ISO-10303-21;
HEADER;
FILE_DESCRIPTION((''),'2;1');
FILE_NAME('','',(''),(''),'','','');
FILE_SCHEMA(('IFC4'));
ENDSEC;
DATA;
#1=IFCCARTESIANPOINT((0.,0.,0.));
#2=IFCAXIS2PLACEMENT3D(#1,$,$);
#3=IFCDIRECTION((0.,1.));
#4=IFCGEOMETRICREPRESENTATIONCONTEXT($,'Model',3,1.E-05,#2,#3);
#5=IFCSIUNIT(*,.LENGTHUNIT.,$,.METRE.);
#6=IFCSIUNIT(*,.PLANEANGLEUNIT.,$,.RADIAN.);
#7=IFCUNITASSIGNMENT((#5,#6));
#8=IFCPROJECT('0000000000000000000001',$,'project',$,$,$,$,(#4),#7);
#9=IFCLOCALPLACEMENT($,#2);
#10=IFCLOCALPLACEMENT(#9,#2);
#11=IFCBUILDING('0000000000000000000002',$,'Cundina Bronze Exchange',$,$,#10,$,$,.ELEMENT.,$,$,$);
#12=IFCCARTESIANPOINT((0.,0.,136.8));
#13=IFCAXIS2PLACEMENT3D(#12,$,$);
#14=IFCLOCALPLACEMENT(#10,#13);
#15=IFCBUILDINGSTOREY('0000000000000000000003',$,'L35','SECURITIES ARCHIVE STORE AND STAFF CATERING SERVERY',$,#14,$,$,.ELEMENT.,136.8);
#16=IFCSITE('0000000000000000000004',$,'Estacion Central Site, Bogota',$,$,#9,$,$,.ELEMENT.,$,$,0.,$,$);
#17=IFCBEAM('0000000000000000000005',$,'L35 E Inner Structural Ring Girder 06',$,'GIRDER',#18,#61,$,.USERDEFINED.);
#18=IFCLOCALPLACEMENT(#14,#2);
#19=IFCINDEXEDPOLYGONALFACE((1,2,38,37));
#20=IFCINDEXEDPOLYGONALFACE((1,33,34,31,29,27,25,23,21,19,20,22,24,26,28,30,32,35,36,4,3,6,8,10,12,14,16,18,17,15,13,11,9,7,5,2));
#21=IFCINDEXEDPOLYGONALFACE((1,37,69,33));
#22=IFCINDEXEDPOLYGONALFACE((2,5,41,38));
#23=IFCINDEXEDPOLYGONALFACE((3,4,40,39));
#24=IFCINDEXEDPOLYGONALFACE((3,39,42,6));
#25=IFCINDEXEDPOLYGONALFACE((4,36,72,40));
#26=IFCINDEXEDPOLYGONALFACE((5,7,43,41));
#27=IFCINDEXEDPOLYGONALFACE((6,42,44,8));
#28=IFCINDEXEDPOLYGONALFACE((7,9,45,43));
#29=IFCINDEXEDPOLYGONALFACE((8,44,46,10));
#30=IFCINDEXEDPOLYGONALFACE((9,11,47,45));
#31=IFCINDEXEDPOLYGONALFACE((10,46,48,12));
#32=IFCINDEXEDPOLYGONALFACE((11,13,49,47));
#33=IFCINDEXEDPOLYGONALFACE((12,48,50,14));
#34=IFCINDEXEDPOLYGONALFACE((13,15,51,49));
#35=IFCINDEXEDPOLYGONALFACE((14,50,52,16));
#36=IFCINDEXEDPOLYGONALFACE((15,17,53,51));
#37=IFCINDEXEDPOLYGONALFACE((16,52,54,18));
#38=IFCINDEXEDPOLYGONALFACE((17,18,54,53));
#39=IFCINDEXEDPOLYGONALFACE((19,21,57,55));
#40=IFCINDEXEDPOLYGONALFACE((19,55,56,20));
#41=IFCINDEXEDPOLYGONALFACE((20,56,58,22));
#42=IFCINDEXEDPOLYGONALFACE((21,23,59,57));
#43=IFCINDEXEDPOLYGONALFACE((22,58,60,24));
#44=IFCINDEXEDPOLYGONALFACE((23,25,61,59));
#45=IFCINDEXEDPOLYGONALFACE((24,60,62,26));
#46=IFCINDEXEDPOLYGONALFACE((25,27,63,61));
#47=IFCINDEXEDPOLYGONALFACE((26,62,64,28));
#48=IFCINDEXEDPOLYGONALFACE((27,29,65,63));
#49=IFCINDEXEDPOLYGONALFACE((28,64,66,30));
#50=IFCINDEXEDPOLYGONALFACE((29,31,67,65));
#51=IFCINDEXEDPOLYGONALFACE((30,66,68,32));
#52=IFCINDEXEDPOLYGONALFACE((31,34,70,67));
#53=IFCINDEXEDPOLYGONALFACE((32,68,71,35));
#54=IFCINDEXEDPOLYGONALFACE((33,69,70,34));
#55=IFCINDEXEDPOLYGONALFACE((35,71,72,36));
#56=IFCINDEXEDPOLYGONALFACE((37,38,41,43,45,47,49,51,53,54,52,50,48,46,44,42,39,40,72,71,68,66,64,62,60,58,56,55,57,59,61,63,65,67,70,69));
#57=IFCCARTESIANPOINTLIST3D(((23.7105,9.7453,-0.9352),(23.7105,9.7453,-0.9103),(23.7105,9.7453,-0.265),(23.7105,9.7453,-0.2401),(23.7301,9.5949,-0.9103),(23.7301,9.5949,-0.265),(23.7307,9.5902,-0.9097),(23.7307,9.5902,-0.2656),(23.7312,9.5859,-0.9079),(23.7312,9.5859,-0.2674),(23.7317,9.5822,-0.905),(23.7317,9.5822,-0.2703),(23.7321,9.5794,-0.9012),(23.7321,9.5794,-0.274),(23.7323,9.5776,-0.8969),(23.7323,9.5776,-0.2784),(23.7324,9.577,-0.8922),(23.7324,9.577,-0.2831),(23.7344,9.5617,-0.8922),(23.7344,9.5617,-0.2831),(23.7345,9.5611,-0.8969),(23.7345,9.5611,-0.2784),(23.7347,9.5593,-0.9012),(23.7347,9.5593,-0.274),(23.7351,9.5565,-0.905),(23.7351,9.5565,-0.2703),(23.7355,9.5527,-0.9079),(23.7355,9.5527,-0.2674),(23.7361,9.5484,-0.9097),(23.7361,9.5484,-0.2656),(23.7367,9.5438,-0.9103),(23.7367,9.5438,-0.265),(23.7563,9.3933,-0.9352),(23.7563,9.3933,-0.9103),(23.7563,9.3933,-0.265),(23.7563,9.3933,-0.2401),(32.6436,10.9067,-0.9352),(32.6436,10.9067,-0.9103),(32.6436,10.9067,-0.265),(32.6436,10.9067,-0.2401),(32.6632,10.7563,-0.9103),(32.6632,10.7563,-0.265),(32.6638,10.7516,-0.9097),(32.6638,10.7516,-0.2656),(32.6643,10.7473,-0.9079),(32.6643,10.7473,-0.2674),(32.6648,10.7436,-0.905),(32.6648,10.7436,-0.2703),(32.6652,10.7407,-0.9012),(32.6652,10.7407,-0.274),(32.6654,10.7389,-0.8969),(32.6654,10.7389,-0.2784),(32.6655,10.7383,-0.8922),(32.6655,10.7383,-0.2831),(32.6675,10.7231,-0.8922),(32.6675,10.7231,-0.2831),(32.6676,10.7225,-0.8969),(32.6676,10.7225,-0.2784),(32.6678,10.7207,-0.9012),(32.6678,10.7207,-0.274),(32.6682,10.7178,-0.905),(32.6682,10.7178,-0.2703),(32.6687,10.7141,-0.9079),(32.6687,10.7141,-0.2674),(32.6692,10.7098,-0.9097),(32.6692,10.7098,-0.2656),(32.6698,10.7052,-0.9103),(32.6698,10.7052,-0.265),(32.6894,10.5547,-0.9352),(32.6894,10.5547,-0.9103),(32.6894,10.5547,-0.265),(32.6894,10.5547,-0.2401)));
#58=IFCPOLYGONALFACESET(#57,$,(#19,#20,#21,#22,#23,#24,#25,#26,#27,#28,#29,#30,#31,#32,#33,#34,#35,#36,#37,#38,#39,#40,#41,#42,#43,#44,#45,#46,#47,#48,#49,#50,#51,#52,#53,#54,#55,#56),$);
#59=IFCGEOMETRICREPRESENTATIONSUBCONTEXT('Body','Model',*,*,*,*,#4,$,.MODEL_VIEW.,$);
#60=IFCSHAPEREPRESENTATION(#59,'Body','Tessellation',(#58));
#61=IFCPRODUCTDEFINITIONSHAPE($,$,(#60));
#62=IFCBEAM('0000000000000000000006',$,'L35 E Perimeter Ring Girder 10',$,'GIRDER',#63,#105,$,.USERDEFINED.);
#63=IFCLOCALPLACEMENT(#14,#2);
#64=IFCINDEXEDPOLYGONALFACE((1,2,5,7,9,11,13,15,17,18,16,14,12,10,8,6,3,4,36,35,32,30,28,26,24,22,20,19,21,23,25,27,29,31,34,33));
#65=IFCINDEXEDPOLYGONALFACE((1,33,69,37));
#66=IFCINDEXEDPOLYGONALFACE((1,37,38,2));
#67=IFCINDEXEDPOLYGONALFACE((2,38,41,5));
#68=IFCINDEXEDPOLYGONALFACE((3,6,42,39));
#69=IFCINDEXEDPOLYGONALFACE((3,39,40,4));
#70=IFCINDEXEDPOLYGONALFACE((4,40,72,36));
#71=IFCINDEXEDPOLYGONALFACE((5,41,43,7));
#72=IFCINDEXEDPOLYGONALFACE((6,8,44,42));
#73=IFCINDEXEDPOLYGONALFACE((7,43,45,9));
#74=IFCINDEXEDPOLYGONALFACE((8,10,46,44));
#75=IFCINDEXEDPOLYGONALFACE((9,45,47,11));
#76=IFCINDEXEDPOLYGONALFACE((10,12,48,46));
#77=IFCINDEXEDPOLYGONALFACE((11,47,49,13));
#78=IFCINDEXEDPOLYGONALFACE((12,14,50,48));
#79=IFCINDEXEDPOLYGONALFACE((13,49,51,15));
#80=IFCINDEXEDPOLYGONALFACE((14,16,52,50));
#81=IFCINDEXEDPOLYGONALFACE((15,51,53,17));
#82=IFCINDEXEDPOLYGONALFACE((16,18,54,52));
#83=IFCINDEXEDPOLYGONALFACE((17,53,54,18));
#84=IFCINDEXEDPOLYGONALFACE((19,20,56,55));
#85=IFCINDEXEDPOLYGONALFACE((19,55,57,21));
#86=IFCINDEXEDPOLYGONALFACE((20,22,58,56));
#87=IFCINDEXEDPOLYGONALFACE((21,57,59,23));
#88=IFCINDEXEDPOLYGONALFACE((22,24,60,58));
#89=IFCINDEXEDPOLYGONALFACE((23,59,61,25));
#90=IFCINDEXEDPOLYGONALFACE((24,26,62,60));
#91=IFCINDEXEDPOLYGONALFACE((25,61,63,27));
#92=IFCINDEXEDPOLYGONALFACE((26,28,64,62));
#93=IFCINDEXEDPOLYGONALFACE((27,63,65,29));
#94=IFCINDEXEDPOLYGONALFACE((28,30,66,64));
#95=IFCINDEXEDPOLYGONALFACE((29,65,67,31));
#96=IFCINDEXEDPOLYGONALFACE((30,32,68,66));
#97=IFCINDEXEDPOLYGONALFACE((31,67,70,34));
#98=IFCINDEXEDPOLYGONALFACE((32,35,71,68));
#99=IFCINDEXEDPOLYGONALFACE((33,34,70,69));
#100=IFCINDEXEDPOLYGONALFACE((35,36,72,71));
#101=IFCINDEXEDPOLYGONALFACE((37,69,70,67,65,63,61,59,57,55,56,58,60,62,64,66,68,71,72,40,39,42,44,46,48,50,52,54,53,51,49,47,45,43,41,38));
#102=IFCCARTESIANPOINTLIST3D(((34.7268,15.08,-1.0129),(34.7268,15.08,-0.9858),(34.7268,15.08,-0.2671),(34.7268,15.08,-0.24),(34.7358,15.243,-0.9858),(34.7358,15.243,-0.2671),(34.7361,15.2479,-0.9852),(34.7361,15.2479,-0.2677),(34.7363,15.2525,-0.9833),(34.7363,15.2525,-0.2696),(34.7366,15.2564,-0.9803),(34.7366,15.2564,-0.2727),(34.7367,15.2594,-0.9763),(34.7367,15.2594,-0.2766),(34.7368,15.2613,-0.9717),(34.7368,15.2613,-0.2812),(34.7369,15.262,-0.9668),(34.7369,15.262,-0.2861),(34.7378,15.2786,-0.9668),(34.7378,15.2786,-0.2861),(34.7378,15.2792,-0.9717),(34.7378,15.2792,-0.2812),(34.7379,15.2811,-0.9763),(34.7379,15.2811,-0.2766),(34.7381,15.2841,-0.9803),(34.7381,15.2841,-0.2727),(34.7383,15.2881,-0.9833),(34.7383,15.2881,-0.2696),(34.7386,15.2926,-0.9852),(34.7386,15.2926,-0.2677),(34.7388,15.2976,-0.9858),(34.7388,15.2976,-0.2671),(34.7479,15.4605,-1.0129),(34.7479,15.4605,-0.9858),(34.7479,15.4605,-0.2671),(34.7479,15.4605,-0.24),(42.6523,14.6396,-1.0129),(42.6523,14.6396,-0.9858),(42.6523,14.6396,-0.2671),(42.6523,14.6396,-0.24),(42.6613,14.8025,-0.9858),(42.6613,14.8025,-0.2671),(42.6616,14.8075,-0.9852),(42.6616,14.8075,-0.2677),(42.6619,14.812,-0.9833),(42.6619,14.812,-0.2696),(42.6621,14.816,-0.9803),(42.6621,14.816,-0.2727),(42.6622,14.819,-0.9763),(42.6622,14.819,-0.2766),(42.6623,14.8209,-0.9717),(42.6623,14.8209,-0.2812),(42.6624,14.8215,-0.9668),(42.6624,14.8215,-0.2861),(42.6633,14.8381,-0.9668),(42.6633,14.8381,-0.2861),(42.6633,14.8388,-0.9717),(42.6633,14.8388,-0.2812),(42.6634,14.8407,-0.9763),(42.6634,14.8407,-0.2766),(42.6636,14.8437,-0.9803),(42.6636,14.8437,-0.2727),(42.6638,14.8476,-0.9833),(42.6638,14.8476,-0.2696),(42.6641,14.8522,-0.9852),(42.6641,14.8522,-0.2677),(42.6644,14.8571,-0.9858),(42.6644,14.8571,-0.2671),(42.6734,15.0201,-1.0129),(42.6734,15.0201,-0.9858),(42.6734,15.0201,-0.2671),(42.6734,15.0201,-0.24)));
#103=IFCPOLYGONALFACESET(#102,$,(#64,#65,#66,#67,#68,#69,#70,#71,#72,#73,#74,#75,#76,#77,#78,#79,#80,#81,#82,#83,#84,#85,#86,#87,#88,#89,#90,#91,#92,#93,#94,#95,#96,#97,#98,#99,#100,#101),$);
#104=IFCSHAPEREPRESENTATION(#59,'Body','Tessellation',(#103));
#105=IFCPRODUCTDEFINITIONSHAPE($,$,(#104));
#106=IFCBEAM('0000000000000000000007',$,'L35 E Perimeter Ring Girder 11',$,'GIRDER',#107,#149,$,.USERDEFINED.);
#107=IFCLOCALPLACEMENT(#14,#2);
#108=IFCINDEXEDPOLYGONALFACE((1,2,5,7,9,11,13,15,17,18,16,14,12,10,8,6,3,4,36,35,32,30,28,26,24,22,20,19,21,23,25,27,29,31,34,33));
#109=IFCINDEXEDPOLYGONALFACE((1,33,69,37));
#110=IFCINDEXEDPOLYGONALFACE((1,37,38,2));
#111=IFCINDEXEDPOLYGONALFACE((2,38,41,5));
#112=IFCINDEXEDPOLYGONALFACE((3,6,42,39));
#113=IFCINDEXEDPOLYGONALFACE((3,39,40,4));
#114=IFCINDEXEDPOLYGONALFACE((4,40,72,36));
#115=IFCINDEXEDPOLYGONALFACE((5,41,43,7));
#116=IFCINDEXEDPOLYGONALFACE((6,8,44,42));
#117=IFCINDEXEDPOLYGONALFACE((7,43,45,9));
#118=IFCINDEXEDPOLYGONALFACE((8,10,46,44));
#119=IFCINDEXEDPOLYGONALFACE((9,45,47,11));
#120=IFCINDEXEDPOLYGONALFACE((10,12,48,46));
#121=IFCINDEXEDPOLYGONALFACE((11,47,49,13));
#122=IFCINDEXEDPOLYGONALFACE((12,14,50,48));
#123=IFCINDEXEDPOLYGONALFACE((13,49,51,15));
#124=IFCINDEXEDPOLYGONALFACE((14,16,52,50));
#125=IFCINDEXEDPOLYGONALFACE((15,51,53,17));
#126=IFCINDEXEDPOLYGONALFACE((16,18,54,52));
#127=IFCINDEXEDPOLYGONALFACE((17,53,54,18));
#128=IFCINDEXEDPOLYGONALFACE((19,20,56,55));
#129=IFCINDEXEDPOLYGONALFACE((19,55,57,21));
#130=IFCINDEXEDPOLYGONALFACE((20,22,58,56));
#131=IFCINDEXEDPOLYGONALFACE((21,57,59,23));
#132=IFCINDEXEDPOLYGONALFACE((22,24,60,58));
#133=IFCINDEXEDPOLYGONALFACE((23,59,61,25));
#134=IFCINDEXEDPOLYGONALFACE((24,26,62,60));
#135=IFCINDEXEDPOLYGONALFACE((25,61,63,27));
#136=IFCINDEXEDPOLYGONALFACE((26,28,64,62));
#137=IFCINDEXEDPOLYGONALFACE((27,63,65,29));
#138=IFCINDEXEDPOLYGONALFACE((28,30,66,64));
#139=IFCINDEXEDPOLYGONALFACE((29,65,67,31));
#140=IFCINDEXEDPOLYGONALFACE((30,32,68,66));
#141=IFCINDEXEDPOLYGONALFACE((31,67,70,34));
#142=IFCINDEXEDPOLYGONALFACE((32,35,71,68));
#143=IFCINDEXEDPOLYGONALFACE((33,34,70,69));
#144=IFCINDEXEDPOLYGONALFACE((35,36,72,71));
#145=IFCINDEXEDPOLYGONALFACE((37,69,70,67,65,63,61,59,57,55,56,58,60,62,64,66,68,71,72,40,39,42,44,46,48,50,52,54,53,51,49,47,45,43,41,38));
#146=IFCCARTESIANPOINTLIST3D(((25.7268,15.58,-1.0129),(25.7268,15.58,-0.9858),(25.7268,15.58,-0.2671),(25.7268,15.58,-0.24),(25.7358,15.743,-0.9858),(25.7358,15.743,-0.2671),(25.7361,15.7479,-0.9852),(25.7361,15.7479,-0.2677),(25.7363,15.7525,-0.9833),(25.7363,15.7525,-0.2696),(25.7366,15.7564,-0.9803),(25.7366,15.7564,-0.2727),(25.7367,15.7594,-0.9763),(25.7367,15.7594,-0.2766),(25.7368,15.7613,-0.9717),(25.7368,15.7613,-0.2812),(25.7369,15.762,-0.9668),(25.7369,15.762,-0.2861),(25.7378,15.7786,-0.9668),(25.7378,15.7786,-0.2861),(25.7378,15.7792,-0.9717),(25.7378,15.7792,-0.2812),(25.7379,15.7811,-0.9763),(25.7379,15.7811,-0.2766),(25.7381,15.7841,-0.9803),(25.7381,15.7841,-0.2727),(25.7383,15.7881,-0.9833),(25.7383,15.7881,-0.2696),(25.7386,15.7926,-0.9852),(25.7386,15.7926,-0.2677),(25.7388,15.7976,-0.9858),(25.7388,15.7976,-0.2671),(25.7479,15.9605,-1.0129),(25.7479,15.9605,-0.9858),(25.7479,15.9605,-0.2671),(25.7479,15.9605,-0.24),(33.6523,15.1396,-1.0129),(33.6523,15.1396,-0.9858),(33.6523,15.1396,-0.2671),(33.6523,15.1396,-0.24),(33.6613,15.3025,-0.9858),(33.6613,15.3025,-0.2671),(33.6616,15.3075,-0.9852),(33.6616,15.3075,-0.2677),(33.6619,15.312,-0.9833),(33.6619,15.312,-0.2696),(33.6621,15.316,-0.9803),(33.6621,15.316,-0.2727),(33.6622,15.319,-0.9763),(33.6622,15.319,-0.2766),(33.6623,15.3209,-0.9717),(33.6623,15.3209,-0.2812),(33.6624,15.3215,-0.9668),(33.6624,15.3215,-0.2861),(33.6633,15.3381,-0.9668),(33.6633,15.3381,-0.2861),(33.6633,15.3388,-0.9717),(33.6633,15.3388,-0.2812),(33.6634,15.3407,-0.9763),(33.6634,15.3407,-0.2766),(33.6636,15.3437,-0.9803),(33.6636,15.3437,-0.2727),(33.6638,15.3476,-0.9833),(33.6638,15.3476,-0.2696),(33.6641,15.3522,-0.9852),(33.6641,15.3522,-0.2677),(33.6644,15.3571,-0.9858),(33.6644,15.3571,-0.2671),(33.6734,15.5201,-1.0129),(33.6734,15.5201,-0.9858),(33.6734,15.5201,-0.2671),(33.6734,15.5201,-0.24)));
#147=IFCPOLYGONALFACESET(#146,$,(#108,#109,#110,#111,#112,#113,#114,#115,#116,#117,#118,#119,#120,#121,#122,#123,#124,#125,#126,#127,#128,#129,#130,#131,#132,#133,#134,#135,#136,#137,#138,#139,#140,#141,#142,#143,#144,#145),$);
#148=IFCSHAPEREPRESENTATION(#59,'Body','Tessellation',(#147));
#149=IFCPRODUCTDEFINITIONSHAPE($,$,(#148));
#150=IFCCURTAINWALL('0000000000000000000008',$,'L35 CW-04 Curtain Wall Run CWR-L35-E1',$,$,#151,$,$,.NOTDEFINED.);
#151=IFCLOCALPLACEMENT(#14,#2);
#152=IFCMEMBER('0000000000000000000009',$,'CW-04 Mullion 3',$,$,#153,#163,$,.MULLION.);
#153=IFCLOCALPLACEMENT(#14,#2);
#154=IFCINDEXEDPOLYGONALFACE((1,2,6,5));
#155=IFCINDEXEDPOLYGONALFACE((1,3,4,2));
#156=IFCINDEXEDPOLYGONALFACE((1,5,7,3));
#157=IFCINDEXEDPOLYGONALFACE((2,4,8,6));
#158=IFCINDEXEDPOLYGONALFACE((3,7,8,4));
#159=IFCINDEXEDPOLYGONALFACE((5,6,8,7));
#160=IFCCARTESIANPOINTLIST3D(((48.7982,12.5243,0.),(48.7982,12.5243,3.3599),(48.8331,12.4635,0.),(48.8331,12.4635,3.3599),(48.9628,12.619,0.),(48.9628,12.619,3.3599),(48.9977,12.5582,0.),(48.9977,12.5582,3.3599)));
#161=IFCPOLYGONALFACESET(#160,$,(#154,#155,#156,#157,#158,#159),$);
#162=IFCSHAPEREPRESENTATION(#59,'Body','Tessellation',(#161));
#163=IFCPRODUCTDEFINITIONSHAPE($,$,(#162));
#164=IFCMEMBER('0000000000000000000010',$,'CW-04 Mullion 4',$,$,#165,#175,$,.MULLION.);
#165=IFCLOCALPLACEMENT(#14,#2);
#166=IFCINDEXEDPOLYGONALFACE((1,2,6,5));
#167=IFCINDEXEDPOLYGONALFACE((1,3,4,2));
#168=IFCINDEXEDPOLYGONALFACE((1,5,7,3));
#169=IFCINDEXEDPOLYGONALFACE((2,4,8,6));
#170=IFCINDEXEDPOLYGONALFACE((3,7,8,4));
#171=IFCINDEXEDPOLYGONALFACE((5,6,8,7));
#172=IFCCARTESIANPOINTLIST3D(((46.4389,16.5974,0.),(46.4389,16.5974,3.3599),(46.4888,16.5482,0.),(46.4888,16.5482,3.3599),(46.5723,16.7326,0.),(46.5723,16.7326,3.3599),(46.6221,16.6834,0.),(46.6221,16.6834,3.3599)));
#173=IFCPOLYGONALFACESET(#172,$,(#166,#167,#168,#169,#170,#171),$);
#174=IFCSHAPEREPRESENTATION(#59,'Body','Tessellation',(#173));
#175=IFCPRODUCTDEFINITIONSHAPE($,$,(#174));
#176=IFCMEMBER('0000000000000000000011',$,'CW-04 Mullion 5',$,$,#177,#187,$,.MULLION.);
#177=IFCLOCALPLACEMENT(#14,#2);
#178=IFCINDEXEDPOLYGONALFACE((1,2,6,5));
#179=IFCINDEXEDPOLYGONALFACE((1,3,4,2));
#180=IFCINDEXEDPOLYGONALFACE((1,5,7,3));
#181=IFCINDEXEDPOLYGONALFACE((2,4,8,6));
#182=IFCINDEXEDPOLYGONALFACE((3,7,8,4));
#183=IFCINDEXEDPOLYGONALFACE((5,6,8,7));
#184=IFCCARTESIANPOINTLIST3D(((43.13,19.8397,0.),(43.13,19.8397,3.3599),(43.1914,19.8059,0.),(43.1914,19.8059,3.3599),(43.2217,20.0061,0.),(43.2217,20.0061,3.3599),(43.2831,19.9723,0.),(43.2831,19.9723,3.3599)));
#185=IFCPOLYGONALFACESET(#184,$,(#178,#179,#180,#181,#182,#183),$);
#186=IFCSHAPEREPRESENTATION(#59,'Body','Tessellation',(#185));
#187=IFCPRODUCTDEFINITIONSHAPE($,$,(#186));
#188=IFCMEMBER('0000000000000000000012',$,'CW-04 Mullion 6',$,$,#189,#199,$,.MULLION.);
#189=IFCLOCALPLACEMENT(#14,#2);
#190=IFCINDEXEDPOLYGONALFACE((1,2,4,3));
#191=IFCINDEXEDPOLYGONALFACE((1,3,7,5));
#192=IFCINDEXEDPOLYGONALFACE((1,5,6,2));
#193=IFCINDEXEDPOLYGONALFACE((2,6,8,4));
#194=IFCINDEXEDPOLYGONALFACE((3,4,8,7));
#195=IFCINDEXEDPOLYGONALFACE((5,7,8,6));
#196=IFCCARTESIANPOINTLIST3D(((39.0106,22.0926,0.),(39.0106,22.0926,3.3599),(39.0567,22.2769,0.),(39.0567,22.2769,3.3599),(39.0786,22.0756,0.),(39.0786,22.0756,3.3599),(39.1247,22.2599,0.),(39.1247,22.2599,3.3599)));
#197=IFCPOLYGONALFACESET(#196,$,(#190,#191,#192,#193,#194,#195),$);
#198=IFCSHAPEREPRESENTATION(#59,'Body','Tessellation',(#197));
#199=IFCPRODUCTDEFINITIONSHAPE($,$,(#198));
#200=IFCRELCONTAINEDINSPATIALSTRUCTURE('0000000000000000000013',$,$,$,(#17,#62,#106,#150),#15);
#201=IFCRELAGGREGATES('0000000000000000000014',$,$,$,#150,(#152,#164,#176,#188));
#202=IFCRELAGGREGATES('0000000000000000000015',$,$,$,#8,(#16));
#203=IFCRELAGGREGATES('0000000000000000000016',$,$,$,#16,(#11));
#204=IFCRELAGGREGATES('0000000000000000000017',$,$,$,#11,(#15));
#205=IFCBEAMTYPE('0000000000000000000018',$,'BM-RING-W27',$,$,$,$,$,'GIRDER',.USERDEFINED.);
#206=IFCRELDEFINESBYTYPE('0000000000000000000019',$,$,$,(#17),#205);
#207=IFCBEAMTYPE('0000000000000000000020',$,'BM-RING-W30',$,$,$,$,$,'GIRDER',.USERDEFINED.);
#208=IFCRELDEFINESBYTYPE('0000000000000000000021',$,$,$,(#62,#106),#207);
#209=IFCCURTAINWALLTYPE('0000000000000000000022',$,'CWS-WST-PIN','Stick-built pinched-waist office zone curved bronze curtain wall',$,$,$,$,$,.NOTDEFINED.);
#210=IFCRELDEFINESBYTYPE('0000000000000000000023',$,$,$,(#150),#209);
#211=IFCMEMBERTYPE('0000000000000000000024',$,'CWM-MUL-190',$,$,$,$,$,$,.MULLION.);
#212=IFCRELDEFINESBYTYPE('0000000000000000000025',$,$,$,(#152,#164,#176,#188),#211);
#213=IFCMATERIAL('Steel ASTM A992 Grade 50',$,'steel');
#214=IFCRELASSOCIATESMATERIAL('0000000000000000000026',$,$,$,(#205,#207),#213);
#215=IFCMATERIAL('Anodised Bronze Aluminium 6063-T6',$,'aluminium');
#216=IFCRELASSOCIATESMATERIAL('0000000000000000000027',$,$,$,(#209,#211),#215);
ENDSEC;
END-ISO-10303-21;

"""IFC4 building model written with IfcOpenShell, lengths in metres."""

from ifc_helpers import new_model, si_unit, direction, frame, origin, origin_2d, place, context, subcontext, project, spatial, rectangle, i_section, extrude, material, material_profile, profile_set, type_object, element, aggregate, save


model = new_model("IFC4")

# Units and contexts
model_context = context("Model", 3, precision=1e-05, world=origin(), true_north=direction((0.0, 1.0)))
body_context = subcontext(model_context, "Body", "Model", "MODEL_VIEW")
ifc_project = project(units=[si_unit("LENGTHUNIT", "METRE"), si_unit("PLANEANGLEUNIT", "RADIAN")], contexts=[model_context])

# Site, building, storey
site_placement = place(None, origin())
site = spatial("IfcSite", under=ifc_project, at=site_placement, Name="Estacion Central Site, Bogota", CompositionType="ELEMENT", RefElevation=0.0)
building_placement = place(site_placement, origin())
building = spatial("IfcBuilding", under=site, at=building_placement, Name="Cundina Bronze Exchange", CompositionType="ELEMENT")
storey_placement = place(building_placement, frame((0.0, 0.0, 136.8)))
storey = spatial("IfcBuildingStorey", under=building, at=storey_placement, Name="L35", Description="SECURITIES ARCHIVE STORE AND STAFF CATERING SERVERY", CompositionType="ELEMENT", Elevation=136.8)

# Beams
ifc_material_1 = material(Name="Steel ASTM A992 Grade 50", Category="steel")
ifc_material_profile_1 = material_profile(ifc_material_1, i_section(OverallWidth=0.355, OverallDepth=0.6951, WebThickness=0.0154, FlangeThickness=0.0249, FilletRadius=0.0181, at=origin_2d()), Name="W27X146", Category="steel")
ifc_profile_set_1 = profile_set([ifc_material_profile_1], Name="Steel ASTM A992 Grade 50")
beam_type_1 = type_object("IfcBeamType", Name="BM-RING-W27", ElementType="GIRDER", PredefinedType="USERDEFINED", material=ifc_profile_set_1)
beam_1_placement = place(storey_placement, frame((32.6665, 10.7307, -0.5876), z_axis=(-0.991655, -0.128923, 0.0), x_axis=(0.128923, -0.991655, 0.0)))
element("IfcBeam", 1, at=beam_1_placement, inside=storey, type_object=beam_type_1, Name="L35 E Inner Structural Ring Girder 06", ObjectType="GIRDER", PredefinedType="USERDEFINED", context=body_context, shape_type="SweptSolid", body=[
    extrude(i_section(OverallWidth=0.355, OverallDepth=0.6951, WebThickness=0.0154, FlangeThickness=0.0249, FilletRadius=0.0181, at=origin_2d()), origin(), (0.0, 0.0, 1.0), 9.0083),
])
ifc_material_profile_2 = material_profile(ifc_material_1, i_section(OverallWidth=0.3811, OverallDepth=0.7729, WebThickness=0.0166, FlangeThickness=0.0271, FilletRadius=0.019, at=origin_2d()), Name="W30X173", Category="steel")
ifc_profile_set_2 = profile_set([ifc_material_profile_2], Name="Steel ASTM A992 Grade 50")
beam_type_2 = type_object("IfcBeamType", Name="BM-RING-W30", ElementType="GIRDER", PredefinedType="USERDEFINED", material=ifc_profile_set_2)
for number, where, z_axis, x_axis, name in (
    (2, (42.6628, 14.8298, -0.6265), (-0.99846, 0.055485, 0.0), (-0.055485, -0.99846, 0.0), "L35 E Perimeter Ring Girder 10"),
    (3, (33.6628, 15.3298, -0.6265), (-0.99846, 0.055485, 0.0), (-0.055485, -0.99846, 0.0), "L35 E Perimeter Ring Girder 11"),
):
    element("IfcBeam", number, at=place(storey_placement, frame(where, z_axis=z_axis, x_axis=x_axis)), inside=storey, type_object=beam_type_2, Name=name, ObjectType="GIRDER", PredefinedType="USERDEFINED", context=body_context, shape_type="SweptSolid", body=[
        extrude(i_section(OverallWidth=0.3811, OverallDepth=0.7729, WebThickness=0.0166, FlangeThickness=0.0271, FilletRadius=0.019, at=origin_2d()), origin(), (0.0, 0.0, 1.0), 7.9377),
    ])

# Curtain wall, members
ifc_material_2 = material(Name="Anodised Bronze Aluminium 6063-T6", Category="aluminium")
curtain_wall_type = type_object("IfcCurtainWallType", Name="CWS-WST-PIN", Description="Stick-built pinched-waist office zone curved bronze curtain wall", PredefinedType="NOTDEFINED", material=ifc_material_2)
curtain_wall_1_placement = place(storey_placement, origin())
curtain_wall_1 = element("IfcCurtainWall", 4, at=curtain_wall_1_placement, inside=storey, type_object=curtain_wall_type, Name="L35 CW-04 Curtain Wall Run CWR-L35-E1", PredefinedType="NOTDEFINED")
ifc_material_profile_3 = material_profile(ifc_material_2, rectangle(XDim=0.0701, YDim=0.1899, at=origin_2d()), Name="AL70X190", Category="aluminium")
ifc_profile_set_3 = profile_set([ifc_material_profile_3], Name="Anodised Bronze Aluminium 6063-T6")
member_type_1 = type_object("IfcMemberType", Name="CWM-MUL-190", PredefinedType="MULLION", material=ifc_profile_set_3)
member_1_placement = place(storey_placement, frame((48.8979, 12.5413, 0.0), z_axis=(0.0, 0.0, 1.0), x_axis=(-0.498488, 0.866897, 0.0)))
member_1 = element("IfcMember", 5, at=member_1_placement, type_object=member_type_1, Name="CW-04 Mullion 3", PredefinedType="MULLION", context=body_context, shape_type="SweptSolid", body=[
    extrude(rectangle(XDim=0.0701, YDim=0.1899, at=origin_2d()), origin(), (0.0, 0.0, 1.0), 3.3599),
])
member_2_placement = place(storey_placement, frame((46.5305, 16.6404, 0.0), z_axis=(0.0, 0.0, 1.0), x_axis=(-0.712026, 0.702153, 0.0)))
member_2 = element("IfcMember", 6, at=member_2_placement, type_object=member_type_1, Name="CW-04 Mullion 4", PredefinedType="MULLION", context=body_context, shape_type="SweptSolid", body=[
    extrude(rectangle(XDim=0.0701, YDim=0.1899, at=origin_2d()), origin(), (0.0, 0.0, 1.0), 3.3599),
])
member_3_placement = place(storey_placement, frame((43.2065, 19.906, 0.0), z_axis=(0.0, 0.0, 1.0), x_axis=(-0.875886, 0.482518, 0.0)))
member_3 = element("IfcMember", 7, at=member_3_placement, type_object=member_type_1, Name="CW-04 Mullion 5", PredefinedType="MULLION", context=body_context, shape_type="SweptSolid", body=[
    extrude(rectangle(XDim=0.0701, YDim=0.1899, at=origin_2d()), origin(), (0.0, 0.0, 1.0), 3.3599),
])
member_4_placement = place(storey_placement, frame((39.0676, 22.1763, 0.0), z_axis=(0.0, 0.0, 1.0), x_axis=(-0.970084, 0.242769, 0.0)))
member_4 = element("IfcMember", 8, at=member_4_placement, type_object=member_type_1, Name="CW-04 Mullion 6", PredefinedType="MULLION", context=body_context, shape_type="SweptSolid", body=[
    extrude(rectangle(XDim=0.0701, YDim=0.1899, at=origin_2d()), origin(), (0.0, 0.0, 1.0), 3.3599),
])

aggregate(curtain_wall_1, [member_1, member_2, member_3, member_4])

save(model, "model.ifc")
